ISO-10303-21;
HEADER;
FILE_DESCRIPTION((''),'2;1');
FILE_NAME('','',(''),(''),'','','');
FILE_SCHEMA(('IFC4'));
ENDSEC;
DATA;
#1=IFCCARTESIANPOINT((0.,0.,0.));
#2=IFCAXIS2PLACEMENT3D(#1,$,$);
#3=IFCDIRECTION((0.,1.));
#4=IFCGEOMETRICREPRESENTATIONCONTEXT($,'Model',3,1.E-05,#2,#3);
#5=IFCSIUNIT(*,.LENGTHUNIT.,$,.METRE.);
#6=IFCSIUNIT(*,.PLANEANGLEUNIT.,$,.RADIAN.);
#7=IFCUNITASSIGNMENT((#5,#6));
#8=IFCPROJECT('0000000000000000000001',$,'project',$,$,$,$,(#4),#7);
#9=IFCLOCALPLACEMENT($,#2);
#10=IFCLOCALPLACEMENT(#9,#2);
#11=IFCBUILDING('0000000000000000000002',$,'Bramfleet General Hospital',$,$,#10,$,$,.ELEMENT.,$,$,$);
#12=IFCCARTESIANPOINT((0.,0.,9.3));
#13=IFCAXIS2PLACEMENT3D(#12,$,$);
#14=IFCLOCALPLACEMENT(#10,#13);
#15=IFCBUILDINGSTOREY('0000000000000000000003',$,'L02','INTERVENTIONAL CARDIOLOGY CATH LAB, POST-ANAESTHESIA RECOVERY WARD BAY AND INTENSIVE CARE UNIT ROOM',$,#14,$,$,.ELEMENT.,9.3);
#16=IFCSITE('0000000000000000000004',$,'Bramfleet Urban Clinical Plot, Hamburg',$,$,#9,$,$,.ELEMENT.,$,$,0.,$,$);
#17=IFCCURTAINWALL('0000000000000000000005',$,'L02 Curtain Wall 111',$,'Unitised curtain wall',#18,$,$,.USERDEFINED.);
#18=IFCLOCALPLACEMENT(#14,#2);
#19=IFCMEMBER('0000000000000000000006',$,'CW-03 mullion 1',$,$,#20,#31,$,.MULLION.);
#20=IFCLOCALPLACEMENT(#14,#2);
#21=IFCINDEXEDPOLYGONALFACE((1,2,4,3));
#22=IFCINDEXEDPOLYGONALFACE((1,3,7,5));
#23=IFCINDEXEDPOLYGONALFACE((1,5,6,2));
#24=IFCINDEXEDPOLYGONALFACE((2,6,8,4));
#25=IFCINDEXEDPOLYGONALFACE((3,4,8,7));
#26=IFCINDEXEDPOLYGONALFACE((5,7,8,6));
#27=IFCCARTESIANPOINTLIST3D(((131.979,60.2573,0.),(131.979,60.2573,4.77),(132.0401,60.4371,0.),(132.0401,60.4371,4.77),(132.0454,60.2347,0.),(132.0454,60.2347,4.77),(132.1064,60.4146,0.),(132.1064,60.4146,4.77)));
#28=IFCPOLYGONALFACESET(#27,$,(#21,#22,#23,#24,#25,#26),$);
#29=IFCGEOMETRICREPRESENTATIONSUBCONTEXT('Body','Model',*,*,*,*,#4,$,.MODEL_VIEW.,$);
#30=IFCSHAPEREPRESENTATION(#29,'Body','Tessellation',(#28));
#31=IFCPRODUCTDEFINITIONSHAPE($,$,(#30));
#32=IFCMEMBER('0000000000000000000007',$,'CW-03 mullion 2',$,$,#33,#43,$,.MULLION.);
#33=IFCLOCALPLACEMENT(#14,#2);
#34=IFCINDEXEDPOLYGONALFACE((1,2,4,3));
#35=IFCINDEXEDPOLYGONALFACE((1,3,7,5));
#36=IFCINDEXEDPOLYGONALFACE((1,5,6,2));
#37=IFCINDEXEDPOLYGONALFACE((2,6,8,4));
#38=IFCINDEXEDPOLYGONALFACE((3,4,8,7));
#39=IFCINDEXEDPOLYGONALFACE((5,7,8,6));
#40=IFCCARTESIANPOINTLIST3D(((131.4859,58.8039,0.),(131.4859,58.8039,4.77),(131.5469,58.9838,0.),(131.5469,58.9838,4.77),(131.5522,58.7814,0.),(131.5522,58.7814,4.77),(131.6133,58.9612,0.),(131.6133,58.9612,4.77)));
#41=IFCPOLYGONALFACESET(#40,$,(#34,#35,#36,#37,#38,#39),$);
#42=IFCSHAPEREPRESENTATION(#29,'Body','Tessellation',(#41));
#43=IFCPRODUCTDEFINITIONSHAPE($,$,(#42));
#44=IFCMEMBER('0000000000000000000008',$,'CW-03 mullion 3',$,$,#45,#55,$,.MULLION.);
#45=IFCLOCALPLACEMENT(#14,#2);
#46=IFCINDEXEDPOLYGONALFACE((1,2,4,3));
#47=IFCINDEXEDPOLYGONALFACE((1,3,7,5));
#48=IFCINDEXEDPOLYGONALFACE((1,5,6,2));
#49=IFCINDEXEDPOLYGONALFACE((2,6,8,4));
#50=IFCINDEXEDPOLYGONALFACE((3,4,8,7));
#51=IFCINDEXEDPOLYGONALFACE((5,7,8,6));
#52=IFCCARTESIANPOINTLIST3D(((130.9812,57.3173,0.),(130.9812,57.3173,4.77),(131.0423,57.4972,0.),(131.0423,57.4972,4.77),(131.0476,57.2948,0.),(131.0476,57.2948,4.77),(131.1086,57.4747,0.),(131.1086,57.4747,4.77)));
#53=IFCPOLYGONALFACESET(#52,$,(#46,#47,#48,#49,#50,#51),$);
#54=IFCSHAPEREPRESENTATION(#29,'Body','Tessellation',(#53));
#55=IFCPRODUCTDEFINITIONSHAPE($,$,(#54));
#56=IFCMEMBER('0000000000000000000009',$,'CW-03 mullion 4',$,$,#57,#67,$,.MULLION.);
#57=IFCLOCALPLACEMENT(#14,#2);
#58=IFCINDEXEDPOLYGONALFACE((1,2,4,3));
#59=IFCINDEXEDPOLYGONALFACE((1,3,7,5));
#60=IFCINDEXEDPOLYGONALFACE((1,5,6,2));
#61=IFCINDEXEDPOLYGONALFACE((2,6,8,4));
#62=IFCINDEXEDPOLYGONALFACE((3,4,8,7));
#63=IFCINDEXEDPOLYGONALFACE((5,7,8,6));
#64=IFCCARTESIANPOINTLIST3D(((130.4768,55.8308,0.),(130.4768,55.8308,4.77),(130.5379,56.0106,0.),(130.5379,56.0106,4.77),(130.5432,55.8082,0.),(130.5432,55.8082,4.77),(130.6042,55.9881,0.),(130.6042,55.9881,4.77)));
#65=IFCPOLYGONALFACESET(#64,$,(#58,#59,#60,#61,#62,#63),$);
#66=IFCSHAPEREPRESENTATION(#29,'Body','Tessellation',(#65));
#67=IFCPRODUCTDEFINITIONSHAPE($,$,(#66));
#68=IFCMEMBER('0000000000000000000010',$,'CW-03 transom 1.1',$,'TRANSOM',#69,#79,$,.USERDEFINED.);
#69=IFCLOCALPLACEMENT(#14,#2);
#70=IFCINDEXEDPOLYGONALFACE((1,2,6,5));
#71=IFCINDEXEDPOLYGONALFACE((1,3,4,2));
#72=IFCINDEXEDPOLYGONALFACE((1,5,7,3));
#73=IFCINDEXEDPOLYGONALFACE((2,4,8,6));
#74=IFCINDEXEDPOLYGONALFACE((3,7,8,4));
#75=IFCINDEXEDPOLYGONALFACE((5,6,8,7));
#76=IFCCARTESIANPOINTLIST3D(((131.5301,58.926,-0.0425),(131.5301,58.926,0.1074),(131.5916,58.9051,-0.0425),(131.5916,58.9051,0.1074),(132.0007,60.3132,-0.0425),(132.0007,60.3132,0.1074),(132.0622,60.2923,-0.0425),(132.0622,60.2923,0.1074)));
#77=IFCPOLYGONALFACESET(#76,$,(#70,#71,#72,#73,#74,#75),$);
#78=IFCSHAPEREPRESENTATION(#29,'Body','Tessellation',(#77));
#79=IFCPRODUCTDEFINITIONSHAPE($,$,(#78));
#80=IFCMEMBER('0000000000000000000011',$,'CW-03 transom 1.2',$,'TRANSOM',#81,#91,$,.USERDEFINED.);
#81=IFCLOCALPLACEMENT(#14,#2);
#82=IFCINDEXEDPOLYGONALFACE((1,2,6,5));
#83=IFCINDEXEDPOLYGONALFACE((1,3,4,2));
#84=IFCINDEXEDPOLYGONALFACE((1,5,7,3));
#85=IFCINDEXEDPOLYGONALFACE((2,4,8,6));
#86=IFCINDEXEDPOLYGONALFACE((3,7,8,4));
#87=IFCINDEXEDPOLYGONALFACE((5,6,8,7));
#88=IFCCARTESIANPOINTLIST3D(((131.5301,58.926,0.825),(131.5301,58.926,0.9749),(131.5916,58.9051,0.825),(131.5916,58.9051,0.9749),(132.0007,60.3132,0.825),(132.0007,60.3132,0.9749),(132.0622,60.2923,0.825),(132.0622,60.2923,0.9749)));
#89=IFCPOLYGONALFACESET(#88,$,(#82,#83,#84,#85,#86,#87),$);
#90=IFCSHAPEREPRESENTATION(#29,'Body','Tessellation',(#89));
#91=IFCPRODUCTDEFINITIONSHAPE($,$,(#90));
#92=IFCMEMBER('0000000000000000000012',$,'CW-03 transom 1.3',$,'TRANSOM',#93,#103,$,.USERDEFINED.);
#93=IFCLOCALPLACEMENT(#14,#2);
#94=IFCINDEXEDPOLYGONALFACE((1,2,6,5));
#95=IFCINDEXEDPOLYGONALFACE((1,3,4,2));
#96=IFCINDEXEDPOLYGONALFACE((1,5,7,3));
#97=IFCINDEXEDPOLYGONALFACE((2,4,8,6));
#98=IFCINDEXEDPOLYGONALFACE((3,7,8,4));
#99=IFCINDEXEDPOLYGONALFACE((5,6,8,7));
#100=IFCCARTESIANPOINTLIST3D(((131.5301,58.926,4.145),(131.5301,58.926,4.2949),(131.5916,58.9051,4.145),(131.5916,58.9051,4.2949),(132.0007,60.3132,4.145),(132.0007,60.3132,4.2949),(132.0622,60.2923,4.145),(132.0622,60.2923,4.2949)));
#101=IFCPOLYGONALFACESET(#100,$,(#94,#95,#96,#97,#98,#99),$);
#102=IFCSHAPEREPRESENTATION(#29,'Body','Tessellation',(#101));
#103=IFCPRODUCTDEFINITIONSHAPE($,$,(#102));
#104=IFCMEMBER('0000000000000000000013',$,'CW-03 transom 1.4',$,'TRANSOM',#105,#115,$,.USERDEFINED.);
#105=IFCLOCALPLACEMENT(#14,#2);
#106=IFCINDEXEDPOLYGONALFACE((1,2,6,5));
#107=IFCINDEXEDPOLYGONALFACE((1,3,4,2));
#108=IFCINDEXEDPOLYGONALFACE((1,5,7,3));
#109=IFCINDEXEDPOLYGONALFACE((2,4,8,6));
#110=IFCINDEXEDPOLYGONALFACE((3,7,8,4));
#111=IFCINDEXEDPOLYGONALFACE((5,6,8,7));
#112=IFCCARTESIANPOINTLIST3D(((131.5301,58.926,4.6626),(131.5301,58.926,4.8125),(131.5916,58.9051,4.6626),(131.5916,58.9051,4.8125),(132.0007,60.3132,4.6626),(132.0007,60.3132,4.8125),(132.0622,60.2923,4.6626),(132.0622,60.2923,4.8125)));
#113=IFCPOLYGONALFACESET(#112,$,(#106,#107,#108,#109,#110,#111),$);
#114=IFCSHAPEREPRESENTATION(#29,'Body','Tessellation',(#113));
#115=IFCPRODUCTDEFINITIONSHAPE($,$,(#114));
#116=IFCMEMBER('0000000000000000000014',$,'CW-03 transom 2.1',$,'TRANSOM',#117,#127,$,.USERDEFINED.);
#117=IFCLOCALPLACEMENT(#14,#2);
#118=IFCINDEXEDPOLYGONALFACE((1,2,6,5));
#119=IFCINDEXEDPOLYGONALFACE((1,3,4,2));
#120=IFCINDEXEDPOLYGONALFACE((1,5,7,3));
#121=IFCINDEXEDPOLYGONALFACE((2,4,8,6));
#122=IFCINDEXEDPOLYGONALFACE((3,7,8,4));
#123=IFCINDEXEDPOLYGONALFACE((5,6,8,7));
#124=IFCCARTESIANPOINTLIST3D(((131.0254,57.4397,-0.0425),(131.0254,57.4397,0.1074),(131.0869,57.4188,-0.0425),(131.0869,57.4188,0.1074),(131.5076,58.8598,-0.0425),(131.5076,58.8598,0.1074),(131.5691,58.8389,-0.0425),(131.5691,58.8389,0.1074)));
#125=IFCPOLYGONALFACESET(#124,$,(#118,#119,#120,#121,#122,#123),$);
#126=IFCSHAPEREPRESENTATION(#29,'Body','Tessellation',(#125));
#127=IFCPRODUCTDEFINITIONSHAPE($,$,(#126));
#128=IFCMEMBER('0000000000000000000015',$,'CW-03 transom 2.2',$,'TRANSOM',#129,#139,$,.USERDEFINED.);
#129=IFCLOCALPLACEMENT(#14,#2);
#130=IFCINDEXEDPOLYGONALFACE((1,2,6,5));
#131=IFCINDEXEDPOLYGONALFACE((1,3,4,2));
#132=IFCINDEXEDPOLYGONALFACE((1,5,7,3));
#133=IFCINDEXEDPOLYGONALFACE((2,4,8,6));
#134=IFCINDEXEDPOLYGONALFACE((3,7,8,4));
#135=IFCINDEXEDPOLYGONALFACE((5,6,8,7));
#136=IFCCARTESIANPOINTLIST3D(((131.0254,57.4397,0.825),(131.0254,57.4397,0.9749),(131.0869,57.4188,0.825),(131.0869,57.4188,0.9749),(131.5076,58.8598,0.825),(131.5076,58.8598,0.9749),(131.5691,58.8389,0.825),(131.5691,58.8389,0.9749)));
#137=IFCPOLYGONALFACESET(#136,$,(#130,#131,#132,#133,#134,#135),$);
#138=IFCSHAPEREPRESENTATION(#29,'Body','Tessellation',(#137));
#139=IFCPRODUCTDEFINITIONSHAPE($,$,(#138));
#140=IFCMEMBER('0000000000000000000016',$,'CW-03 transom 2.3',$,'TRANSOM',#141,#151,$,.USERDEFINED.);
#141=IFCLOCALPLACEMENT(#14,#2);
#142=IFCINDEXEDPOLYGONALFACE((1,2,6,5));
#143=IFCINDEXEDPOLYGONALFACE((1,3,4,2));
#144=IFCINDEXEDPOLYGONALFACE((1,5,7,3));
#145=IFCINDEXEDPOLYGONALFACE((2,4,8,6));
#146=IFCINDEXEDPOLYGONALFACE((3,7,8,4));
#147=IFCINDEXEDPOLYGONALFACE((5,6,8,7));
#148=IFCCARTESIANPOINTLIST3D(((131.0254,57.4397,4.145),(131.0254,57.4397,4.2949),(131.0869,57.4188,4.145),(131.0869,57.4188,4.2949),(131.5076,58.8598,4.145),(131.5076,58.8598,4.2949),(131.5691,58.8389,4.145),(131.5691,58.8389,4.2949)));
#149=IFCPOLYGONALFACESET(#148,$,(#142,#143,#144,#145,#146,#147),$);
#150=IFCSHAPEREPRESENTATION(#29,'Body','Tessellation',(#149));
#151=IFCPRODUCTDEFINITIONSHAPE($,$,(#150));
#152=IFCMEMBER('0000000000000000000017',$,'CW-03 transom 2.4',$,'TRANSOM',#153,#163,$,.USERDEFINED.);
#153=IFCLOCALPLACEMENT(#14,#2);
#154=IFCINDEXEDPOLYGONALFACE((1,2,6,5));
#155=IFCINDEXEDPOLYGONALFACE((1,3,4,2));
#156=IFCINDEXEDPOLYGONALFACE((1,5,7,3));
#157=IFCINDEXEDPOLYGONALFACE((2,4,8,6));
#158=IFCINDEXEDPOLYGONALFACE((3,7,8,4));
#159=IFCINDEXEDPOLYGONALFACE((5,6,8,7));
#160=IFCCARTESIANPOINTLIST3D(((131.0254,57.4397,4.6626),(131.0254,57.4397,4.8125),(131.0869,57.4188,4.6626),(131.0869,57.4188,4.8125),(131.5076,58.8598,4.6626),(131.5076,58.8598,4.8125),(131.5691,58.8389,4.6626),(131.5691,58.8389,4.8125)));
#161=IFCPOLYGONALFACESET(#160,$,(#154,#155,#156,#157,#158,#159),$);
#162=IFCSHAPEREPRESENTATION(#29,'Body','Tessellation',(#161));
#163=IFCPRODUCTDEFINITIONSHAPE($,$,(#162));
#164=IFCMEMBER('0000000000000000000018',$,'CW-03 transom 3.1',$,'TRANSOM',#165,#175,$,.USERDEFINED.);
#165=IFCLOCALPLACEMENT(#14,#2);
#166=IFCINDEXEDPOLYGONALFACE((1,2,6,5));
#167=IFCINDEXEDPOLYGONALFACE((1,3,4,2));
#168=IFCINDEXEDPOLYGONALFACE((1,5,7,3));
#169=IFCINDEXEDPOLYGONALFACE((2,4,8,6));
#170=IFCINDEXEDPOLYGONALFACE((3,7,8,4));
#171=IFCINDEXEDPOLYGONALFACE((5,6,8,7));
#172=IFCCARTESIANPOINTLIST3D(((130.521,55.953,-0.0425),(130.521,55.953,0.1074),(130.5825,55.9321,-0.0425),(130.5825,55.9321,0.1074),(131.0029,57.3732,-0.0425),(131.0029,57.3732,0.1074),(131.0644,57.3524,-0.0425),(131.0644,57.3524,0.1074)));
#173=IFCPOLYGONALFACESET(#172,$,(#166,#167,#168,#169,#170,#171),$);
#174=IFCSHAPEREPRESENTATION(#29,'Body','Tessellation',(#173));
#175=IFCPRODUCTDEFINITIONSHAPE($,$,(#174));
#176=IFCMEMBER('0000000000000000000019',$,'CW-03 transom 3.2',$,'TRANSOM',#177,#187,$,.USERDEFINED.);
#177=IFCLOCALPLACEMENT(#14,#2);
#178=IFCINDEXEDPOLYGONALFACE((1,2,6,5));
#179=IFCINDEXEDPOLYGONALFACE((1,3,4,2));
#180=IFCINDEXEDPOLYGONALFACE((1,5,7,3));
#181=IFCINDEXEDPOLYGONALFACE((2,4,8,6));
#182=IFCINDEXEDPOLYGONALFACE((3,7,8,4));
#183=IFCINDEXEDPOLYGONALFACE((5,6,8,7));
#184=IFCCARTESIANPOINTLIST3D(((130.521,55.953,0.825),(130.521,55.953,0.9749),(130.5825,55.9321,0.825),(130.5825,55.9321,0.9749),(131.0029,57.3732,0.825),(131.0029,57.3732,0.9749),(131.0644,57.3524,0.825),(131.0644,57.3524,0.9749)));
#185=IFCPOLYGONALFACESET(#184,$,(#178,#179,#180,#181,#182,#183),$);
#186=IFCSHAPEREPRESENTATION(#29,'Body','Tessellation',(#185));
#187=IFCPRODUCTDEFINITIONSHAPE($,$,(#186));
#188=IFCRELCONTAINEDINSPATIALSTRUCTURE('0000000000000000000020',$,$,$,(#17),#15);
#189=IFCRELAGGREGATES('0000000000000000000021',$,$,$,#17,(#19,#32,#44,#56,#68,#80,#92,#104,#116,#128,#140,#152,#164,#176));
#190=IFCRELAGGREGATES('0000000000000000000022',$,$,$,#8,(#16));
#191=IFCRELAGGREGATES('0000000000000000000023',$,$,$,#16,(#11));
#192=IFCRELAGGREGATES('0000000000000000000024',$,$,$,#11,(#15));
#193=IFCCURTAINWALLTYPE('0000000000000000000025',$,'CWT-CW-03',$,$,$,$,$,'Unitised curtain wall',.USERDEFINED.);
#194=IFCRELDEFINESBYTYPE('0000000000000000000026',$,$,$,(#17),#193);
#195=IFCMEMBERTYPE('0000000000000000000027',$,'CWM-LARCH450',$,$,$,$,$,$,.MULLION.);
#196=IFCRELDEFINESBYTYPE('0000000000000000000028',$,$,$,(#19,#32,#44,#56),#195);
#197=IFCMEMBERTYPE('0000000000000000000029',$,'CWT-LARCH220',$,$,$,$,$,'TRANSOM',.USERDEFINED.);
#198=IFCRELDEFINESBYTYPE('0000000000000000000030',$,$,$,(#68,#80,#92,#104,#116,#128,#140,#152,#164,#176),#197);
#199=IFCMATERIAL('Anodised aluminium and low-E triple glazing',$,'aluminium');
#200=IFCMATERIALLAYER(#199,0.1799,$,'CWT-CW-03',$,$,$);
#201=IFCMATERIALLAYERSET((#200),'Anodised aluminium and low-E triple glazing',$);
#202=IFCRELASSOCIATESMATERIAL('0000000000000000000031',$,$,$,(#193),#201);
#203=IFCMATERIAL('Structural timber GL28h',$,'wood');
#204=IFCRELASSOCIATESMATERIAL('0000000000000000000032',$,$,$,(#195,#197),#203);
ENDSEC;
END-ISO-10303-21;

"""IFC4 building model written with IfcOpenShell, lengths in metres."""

from ifc_helpers import new_model, si_unit, direction, frame, origin, origin_2d, place, context, subcontext, project, spatial, rectangle, extrude, material, layer, layer_set, material_profile, profile_set, type_object, element, aggregate, save


model = new_model("IFC4")

# Units and contexts
model_context = context("Model", 3, precision=1e-05, world=origin(), true_north=direction((0.0, 1.0)))
body_context = subcontext(model_context, "Body", "Model", "MODEL_VIEW")
ifc_project = project(units=[si_unit("LENGTHUNIT", "METRE"), si_unit("PLANEANGLEUNIT", "RADIAN")], contexts=[model_context])

# Site, building, storey
site_placement = place(None, origin())
site = spatial("IfcSite", under=ifc_project, at=site_placement, Name="Bramfleet Urban Clinical Plot, Hamburg", CompositionType="ELEMENT", RefElevation=0.0)
building_placement = place(site_placement, origin())
building = spatial("IfcBuilding", under=site, at=building_placement, Name="Bramfleet General Hospital", CompositionType="ELEMENT")
storey_placement = place(building_placement, frame((0.0, 0.0, 9.3)))
storey = spatial("IfcBuildingStorey", under=building, at=storey_placement, Name="L02", Description="INTERVENTIONAL CARDIOLOGY CATH LAB, POST-ANAESTHESIA RECOVERY WARD BAY AND INTENSIVE CARE UNIT ROOM", CompositionType="ELEMENT", Elevation=9.3)

# Curtain wall, members
ifc_material_1 = material(Name="Anodised aluminium and low-E triple glazing", Category="aluminium")
ifc_layer_1 = layer(ifc_material_1, 0.1799, Name="CWT-CW-03")
ifc_layer_set_1 = layer_set([ifc_layer_1], Name="Anodised aluminium and low-E triple glazing")
curtain_wall_type = type_object("IfcCurtainWallType", Name="CWT-CW-03", ElementType="Unitised curtain wall", PredefinedType="USERDEFINED", material=ifc_layer_set_1)
curtain_wall_placement = place(storey_placement, origin())
curtain_wall = element("IfcCurtainWall", 1, at=curtain_wall_placement, inside=storey, type_object=curtain_wall_type, Name="L02 Curtain Wall 111", ObjectType="Unitised curtain wall", PredefinedType="USERDEFINED")
ifc_material_2 = material(Name="Structural timber GL28h", Category="wood")
ifc_material_profile_1 = material_profile(ifc_material_2, rectangle(XDim=0.0701, YDim=0.1899, at=origin_2d()), Name="LARCH 190x70")
ifc_profile_set_1 = profile_set([ifc_material_profile_1], Name="Structural timber GL28h")
member_type_1 = type_object("IfcMemberType", Name="CWM-LARCH450", PredefinedType="MULLION", material=ifc_profile_set_1)
member_1_placement = place(storey_placement, frame((132.0427, 60.3359, 0.0), z_axis=(0.0, 0.0, 1.0), x_axis=(0.946949, -0.321383, 0.0)))
member_1 = element("IfcMember", 2, at=member_1_placement, type_object=member_type_1, Name="CW-03 mullion 1", PredefinedType="MULLION", context=body_context, shape_type="SweptSolid", body=[
    extrude(rectangle(XDim=0.0701, YDim=0.1899, at=origin_2d()), origin(), (0.0, 0.0, 1.0), 4.77),
])
member_2_placement = place(storey_placement, frame((131.5496, 58.8826, 0.0), z_axis=(0.0, 0.0, 1.0), x_axis=(0.946949, -0.321383, 0.0)))
member_2 = element("IfcMember", 3, at=member_2_placement, type_object=member_type_1, Name="CW-03 mullion 2", PredefinedType="MULLION", context=body_context, shape_type="SweptSolid", body=[
    extrude(rectangle(XDim=0.0701, YDim=0.1899, at=origin_2d()), origin(), (0.0, 0.0, 1.0), 4.77),
])
member_3_placement = place(storey_placement, frame((131.0449, 57.396, 0.0), z_axis=(0.0, 0.0, 1.0), x_axis=(0.946949, -0.321383, 0.0)))
member_3 = element("IfcMember", 4, at=member_3_placement, type_object=member_type_1, Name="CW-03 mullion 3", PredefinedType="MULLION", context=body_context, shape_type="SweptSolid", body=[
    extrude(rectangle(XDim=0.0701, YDim=0.1899, at=origin_2d()), origin(), (0.0, 0.0, 1.0), 4.77),
])
member_4_placement = place(storey_placement, frame((130.5405, 55.9094, 0.0), z_axis=(0.0, 0.0, 1.0), x_axis=(0.946949, -0.321383, 0.0)))
member_4 = element("IfcMember", 5, at=member_4_placement, type_object=member_type_1, Name="CW-03 mullion 4", PredefinedType="MULLION", context=body_context, shape_type="SweptSolid", body=[
    extrude(rectangle(XDim=0.0701, YDim=0.1899, at=origin_2d()), origin(), (0.0, 0.0, 1.0), 4.77),
])
ifc_material_profile_2 = material_profile(ifc_material_2, rectangle(XDim=0.0649, YDim=0.1499, at=origin_2d()), Name="LARCH 150x65")
ifc_profile_set_2 = profile_set([ifc_material_profile_2], Name="Structural timber GL28h")
member_type_2 = type_object("IfcMemberType", Name="CWT-LARCH220", ElementType="TRANSOM", PredefinedType="USERDEFINED", material=ifc_profile_set_2)
member_5_placement = place(storey_placement, frame((132.0315, 60.3027, 0.0325), z_axis=(-0.321323, -0.94697, 0.0), x_axis=(0.94697, -0.321323, 0.0)))
member_5 = element("IfcMember", 6, at=member_5_placement, type_object=member_type_2, Name="CW-03 transom 1.1", ObjectType="TRANSOM", PredefinedType="USERDEFINED", context=body_context, shape_type="SweptSolid", body=[
    extrude(rectangle(XDim=0.0649, YDim=0.1499, at=origin_2d()), origin(), (0.0, 0.0, 1.0), 1.4648),
])
member_6_placement = place(storey_placement, frame((132.0315, 60.3027, 0.8999), z_axis=(-0.321323, -0.94697, 0.0), x_axis=(0.94697, -0.321323, 0.0)))
member_6 = element("IfcMember", 7, at=member_6_placement, type_object=member_type_2, Name="CW-03 transom 1.2", ObjectType="TRANSOM", PredefinedType="USERDEFINED", context=body_context, shape_type="SweptSolid", body=[
    extrude(rectangle(XDim=0.0649, YDim=0.1499, at=origin_2d()), origin(), (0.0, 0.0, 1.0), 1.4648),
])
member_7_placement = place(storey_placement, frame((132.0315, 60.3027, 4.22), z_axis=(-0.321323, -0.94697, 0.0), x_axis=(0.94697, -0.321323, 0.0)))
member_7 = element("IfcMember", 8, at=member_7_placement, type_object=member_type_2, Name="CW-03 transom 1.3", ObjectType="TRANSOM", PredefinedType="USERDEFINED", context=body_context, shape_type="SweptSolid", body=[
    extrude(rectangle(XDim=0.0649, YDim=0.1499, at=origin_2d()), origin(), (0.0, 0.0, 1.0), 1.4648),
])
member_8_placement = place(storey_placement, frame((132.0315, 60.3027, 4.7375), z_axis=(-0.321323, -0.94697, 0.0), x_axis=(0.94697, -0.321323, 0.0)))
member_8 = element("IfcMember", 9, at=member_8_placement, type_object=member_type_2, Name="CW-03 transom 1.4", ObjectType="TRANSOM", PredefinedType="USERDEFINED", context=body_context, shape_type="SweptSolid", body=[
    extrude(rectangle(XDim=0.0649, YDim=0.1499, at=origin_2d()), origin(), (0.0, 0.0, 1.0), 1.4648),
])
member_9_placement = place(storey_placement, frame((131.5383, 58.8494, 0.0325), z_axis=(-0.321497, -0.946911, 0.0), x_axis=(0.946911, -0.321497, 0.0)))
member_9 = element("IfcMember", 10, at=member_9_placement, type_object=member_type_2, Name="CW-03 transom 2.1", ObjectType="TRANSOM", PredefinedType="USERDEFINED", context=body_context, shape_type="SweptSolid", body=[
    extrude(rectangle(XDim=0.0649, YDim=0.1499, at=origin_2d()), origin(), (0.0, 0.0, 1.0), 1.4998),
])
member_10_placement = place(storey_placement, frame((131.5383, 58.8494, 0.8999), z_axis=(-0.321497, -0.946911, 0.0), x_axis=(0.946911, -0.321497, 0.0)))
member_10 = element("IfcMember", 11, at=member_10_placement, type_object=member_type_2, Name="CW-03 transom 2.2", ObjectType="TRANSOM", PredefinedType="USERDEFINED", context=body_context, shape_type="SweptSolid", body=[
    extrude(rectangle(XDim=0.0649, YDim=0.1499, at=origin_2d()), origin(), (0.0, 0.0, 1.0), 1.4998),
])
member_11_placement = place(storey_placement, frame((131.5383, 58.8494, 4.22), z_axis=(-0.321497, -0.946911, 0.0), x_axis=(0.946911, -0.321497, 0.0)))
member_11 = element("IfcMember", 12, at=member_11_placement, type_object=member_type_2, Name="CW-03 transom 2.3", ObjectType="TRANSOM", PredefinedType="USERDEFINED", context=body_context, shape_type="SweptSolid", body=[
    extrude(rectangle(XDim=0.0649, YDim=0.1499, at=origin_2d()), origin(), (0.0, 0.0, 1.0), 1.4998),
])
member_12_placement = place(storey_placement, frame((131.5383, 58.8494, 4.7375), z_axis=(-0.321497, -0.946911, 0.0), x_axis=(0.946911, -0.321497, 0.0)))
member_12 = element("IfcMember", 13, at=member_12_placement, type_object=member_type_2, Name="CW-03 transom 2.4", ObjectType="TRANSOM", PredefinedType="USERDEFINED", context=body_context, shape_type="SweptSolid", body=[
    extrude(rectangle(XDim=0.0649, YDim=0.1499, at=origin_2d()), origin(), (0.0, 0.0, 1.0), 1.4998),
])
member_13_placement = place(storey_placement, frame((131.0337, 57.3628, 0.0325), z_axis=(-0.321351, -0.94696, 0.0), x_axis=(0.94696, -0.321351, 0.0)))
member_13 = element("IfcMember", 14, at=member_13_placement, type_object=member_type_2, Name="CW-03 transom 3.1", ObjectType="TRANSOM", PredefinedType="USERDEFINED", context=body_context, shape_type="SweptSolid", body=[
    extrude(rectangle(XDim=0.0649, YDim=0.1499, at=origin_2d()), origin(), (0.0, 0.0, 1.0), 1.4998),
])
member_14_placement = place(storey_placement, frame((131.0337, 57.3628, 0.8999), z_axis=(-0.321351, -0.94696, 0.0), x_axis=(0.94696, -0.321351, 0.0)))
member_14 = element("IfcMember", 15, at=member_14_placement, type_object=member_type_2, Name="CW-03 transom 3.2", ObjectType="TRANSOM", PredefinedType="USERDEFINED", context=body_context, shape_type="SweptSolid", body=[
    extrude(rectangle(XDim=0.0649, YDim=0.1499, at=origin_2d()), origin(), (0.0, 0.0, 1.0), 1.4998),
])
aggregate(curtain_wall, [member_1, member_2, member_3, member_4, member_5, member_6, member_7, member_8, member_9, member_10, member_11, member_12, member_13, member_14])

save(model, "model.ifc")
